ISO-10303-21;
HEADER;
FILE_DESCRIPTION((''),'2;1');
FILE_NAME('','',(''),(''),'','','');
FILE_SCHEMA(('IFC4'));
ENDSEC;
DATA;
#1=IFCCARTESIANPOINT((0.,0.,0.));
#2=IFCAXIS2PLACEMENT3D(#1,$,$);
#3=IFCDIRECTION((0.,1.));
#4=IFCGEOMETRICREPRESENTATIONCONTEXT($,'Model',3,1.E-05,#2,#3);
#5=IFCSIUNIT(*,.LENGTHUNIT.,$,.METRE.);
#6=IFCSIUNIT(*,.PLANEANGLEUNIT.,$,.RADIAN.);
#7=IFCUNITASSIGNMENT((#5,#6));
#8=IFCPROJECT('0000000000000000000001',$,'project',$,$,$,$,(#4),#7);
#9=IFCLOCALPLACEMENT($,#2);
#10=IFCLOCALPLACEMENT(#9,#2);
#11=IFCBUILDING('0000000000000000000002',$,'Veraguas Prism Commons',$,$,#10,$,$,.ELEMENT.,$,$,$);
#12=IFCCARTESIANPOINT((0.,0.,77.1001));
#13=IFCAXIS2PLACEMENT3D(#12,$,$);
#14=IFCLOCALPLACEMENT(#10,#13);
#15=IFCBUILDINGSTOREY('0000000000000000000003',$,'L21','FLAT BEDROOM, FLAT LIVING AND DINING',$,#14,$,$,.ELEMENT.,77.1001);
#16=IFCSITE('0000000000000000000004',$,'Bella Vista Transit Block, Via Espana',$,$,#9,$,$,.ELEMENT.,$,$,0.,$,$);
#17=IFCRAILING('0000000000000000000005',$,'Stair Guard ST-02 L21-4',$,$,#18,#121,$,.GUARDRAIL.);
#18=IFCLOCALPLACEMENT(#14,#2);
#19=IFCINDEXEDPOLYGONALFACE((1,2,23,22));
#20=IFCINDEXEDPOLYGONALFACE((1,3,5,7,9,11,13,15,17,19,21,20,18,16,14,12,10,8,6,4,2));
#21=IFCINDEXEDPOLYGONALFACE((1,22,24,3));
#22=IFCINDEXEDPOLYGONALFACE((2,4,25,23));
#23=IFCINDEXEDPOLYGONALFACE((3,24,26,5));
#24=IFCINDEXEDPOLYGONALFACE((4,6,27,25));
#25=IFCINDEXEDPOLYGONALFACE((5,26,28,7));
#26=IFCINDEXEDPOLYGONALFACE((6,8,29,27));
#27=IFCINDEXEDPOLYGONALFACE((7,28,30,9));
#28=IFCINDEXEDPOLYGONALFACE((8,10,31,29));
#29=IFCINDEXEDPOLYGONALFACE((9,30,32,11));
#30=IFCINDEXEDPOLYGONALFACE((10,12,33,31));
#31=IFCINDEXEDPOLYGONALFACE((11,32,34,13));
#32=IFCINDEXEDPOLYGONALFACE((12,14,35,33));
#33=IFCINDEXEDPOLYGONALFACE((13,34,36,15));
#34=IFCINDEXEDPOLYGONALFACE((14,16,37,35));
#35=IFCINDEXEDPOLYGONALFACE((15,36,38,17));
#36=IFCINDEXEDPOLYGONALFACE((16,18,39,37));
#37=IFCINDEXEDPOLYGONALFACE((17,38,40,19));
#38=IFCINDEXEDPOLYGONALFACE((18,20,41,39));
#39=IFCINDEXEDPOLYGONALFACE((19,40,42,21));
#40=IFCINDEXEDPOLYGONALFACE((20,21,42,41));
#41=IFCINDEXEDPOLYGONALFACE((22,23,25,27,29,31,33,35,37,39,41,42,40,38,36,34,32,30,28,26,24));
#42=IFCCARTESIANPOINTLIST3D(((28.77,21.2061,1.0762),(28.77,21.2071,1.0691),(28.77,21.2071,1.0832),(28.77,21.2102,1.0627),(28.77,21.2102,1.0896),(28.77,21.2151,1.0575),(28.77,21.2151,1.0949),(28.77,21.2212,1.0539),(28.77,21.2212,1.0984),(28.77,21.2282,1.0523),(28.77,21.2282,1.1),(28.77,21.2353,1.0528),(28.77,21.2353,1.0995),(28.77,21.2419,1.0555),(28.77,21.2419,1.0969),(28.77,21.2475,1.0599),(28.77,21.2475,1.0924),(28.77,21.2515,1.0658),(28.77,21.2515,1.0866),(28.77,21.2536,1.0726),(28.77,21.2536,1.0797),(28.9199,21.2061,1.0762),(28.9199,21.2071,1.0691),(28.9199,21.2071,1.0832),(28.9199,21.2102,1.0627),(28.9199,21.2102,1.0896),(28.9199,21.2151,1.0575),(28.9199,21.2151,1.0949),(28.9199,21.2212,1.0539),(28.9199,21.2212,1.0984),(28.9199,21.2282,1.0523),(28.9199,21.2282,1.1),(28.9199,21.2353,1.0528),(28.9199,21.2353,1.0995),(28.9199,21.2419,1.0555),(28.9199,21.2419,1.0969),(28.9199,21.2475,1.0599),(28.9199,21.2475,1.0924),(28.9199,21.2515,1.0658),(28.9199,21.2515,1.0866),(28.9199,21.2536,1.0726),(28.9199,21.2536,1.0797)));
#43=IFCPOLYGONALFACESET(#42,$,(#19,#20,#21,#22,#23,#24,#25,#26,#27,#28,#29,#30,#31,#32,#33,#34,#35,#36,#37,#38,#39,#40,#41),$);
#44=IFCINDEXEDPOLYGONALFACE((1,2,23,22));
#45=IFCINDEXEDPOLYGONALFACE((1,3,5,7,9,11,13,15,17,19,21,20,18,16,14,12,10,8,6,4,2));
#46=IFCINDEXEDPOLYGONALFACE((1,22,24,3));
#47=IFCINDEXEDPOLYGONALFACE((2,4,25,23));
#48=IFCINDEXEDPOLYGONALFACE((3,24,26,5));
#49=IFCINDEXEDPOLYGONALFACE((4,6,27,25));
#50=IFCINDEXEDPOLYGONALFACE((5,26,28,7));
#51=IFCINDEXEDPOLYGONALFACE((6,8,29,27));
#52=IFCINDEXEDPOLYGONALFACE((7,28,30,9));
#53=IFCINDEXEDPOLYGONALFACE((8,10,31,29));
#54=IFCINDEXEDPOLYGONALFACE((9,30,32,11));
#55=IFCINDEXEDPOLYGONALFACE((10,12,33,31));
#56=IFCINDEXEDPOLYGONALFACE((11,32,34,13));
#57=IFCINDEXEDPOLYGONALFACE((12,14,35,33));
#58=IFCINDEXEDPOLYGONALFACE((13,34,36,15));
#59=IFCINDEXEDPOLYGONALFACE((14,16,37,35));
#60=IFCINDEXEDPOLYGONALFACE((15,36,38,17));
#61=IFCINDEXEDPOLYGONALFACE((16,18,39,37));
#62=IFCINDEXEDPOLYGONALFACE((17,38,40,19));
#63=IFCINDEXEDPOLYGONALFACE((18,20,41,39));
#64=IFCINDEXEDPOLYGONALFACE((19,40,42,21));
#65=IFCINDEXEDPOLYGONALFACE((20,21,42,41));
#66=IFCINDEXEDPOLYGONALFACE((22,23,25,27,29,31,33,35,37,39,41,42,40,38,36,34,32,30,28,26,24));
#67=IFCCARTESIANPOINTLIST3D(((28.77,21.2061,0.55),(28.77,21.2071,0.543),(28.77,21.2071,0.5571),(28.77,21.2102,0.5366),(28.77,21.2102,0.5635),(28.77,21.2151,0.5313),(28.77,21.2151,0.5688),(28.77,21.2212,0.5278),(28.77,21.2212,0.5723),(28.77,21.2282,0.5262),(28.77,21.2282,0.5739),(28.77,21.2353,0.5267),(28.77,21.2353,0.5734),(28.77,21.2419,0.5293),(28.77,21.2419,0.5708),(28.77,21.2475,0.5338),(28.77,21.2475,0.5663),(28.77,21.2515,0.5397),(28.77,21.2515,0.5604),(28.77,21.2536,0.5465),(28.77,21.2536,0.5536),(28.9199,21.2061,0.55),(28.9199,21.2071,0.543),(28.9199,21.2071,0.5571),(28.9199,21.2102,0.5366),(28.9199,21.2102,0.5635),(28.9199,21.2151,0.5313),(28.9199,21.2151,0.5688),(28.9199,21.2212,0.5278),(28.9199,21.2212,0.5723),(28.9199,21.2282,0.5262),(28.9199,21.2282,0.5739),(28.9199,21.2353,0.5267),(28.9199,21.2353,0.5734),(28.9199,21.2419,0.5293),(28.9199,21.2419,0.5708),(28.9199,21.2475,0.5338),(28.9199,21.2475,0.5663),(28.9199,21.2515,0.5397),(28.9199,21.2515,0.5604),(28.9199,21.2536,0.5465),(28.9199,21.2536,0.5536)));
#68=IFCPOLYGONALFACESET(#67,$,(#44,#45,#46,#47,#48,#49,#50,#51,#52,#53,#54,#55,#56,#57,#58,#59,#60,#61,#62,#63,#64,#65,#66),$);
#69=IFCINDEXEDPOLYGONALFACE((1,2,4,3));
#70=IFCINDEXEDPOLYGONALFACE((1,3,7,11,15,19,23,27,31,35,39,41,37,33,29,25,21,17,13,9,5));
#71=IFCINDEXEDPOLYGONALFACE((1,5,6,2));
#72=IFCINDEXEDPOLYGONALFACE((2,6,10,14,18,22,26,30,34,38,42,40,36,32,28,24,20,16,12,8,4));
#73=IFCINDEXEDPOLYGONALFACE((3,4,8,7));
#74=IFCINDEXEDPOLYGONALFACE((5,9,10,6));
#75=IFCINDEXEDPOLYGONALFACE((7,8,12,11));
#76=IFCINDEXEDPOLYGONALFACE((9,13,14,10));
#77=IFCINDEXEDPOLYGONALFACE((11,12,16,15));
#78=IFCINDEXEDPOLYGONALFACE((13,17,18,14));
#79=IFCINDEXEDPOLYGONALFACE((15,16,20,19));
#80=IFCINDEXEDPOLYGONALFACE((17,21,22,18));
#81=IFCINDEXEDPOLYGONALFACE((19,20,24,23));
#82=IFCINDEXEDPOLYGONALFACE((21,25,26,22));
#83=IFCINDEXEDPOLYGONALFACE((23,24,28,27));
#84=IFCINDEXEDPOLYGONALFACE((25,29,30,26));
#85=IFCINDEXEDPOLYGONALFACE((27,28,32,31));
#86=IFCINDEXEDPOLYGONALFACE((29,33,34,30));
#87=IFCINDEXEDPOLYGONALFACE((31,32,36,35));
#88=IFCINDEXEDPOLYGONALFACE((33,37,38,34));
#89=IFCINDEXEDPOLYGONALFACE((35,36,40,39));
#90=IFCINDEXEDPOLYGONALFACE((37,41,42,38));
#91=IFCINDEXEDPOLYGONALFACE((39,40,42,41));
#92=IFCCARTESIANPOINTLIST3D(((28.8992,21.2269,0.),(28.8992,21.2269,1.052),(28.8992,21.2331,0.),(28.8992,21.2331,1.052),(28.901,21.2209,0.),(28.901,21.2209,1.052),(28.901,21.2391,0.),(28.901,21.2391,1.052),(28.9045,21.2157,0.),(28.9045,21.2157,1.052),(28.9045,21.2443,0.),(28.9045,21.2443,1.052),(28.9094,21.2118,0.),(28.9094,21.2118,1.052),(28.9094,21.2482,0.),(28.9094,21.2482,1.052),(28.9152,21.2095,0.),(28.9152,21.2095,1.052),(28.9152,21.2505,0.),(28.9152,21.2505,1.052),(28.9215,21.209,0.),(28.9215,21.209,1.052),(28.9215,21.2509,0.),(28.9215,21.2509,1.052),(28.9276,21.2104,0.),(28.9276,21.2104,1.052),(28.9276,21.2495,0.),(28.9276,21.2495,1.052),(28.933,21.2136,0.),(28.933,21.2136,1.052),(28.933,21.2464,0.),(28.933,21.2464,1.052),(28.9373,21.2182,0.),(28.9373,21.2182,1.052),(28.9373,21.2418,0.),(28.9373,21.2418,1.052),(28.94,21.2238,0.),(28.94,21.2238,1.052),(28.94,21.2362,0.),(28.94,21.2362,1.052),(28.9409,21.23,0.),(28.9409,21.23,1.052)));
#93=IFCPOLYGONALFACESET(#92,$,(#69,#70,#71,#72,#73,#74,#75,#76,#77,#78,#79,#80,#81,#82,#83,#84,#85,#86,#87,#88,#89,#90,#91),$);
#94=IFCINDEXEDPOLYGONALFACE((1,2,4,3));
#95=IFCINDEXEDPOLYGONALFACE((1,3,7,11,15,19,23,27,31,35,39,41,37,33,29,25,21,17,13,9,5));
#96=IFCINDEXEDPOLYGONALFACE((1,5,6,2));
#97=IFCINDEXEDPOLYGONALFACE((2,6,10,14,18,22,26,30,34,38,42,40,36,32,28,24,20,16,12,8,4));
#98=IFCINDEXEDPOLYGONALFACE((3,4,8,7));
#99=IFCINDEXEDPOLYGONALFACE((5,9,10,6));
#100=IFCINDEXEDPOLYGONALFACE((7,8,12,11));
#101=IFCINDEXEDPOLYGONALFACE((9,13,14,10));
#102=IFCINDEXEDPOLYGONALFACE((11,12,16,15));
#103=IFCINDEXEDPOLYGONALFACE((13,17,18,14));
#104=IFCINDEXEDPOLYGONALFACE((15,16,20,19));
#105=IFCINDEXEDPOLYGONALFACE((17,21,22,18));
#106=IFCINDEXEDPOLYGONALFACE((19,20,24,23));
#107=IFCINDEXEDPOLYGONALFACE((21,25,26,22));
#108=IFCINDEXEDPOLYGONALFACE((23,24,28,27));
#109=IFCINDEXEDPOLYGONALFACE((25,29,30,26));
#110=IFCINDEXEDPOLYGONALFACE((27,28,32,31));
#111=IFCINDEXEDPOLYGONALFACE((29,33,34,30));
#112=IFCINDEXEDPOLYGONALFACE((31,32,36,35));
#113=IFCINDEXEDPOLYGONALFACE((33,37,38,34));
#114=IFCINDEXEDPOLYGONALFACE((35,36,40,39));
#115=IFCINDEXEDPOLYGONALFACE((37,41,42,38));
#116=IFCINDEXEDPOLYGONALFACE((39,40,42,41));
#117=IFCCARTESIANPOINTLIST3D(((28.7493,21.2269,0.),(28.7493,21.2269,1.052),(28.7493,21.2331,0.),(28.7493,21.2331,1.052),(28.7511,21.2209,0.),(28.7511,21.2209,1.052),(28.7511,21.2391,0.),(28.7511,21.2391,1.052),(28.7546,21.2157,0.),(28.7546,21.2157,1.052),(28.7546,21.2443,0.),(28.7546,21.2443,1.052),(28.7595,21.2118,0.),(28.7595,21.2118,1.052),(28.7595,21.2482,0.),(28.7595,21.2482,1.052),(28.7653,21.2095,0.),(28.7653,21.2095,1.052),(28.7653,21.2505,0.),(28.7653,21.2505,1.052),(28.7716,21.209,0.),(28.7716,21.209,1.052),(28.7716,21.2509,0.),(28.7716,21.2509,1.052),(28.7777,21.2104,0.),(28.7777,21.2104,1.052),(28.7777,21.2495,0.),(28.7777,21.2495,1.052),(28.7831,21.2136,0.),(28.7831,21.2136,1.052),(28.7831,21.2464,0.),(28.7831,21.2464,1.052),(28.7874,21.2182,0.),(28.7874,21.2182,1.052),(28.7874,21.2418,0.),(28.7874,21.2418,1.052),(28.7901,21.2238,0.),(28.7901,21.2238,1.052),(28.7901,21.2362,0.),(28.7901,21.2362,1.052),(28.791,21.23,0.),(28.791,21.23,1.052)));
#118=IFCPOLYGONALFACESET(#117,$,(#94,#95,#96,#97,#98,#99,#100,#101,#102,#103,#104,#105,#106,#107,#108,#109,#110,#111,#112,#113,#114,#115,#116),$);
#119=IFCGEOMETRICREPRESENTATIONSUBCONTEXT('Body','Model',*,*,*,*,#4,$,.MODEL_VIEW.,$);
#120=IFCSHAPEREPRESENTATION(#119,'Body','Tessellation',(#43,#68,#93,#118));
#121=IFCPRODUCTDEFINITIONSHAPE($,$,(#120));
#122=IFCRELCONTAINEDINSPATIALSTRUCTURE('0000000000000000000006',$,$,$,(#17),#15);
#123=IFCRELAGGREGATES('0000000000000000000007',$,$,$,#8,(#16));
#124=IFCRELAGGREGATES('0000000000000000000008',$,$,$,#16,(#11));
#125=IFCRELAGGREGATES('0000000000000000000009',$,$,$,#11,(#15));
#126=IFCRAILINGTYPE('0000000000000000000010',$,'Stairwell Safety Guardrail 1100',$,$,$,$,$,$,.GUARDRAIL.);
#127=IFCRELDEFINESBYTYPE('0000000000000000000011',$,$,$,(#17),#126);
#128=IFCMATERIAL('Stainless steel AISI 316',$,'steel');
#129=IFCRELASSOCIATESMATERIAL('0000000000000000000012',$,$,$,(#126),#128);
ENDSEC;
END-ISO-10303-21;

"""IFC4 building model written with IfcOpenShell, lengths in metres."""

from ifc_helpers import new_model, si_unit, direction, frame, origin, origin_2d, place, context, subcontext, project, spatial, circle, extrude, material, type_object, element, save


model = new_model("IFC4")

# Units and contexts
model_context = context("Model", 3, precision=1e-05, world=origin(), true_north=direction((0.0, 1.0)))
body_context = subcontext(model_context, "Body", "Model", "MODEL_VIEW")
ifc_project = project(units=[si_unit("LENGTHUNIT", "METRE"), si_unit("PLANEANGLEUNIT", "RADIAN")], contexts=[model_context])

# Site, building, storey
site_placement = place(None, origin())
site = spatial("IfcSite", under=ifc_project, at=site_placement, Name="Bella Vista Transit Block, Via Espana", CompositionType="ELEMENT", RefElevation=0.0)
building_placement = place(site_placement, origin())
building = spatial("IfcBuilding", under=site, at=building_placement, Name="Veraguas Prism Commons", CompositionType="ELEMENT")
storey_placement = place(building_placement, frame((0.0, 0.0, 77.1001)))
storey = spatial("IfcBuildingStorey", under=building, at=storey_placement, Name="L21", Description="FLAT BEDROOM, FLAT LIVING AND DINING", CompositionType="ELEMENT", Elevation=77.1001)

# Shared definitions
ifc_material_1 = material(Name="Stainless steel AISI 316", Category="steel")

# Railing
railing_type_1 = type_object("IfcRailingType", Name="Stairwell Safety Guardrail 1100", PredefinedType="GUARDRAIL", material=ifc_material_1)
railing_1_placement = place(storey_placement, frame((28.9199, 21.23, 0.0)))
element("IfcRailing", 1, at=railing_1_placement, inside=storey, type_object=railing_type_1, Name="Stair Guard ST-02 L21-4", PredefinedType="GUARDRAIL", context=body_context, shape_type="SweptSolid", body=[
    extrude(circle(Radius=0.0239, at=origin_2d()), frame((0.0, 0.0, 1.0762), z_axis=(-1.0, 0.0, 0.0), x_axis=(0.0, -1.0, 0.0)), (0.0, 0.0, 1.0), 0.1499),
    extrude(circle(Radius=0.0239, at=origin_2d()), frame((0.0, 0.0, 0.55), z_axis=(-1.0, 0.0, 0.0), x_axis=(0.0, -1.0, 0.0)), (0.0, 0.0, 1.0), 0.1499),
    extrude(circle(Radius=0.021, at=origin_2d()), origin(), (0.0, 0.0, 1.0), 1.052),
    extrude(circle(Radius=0.021, at=origin_2d()), frame((-0.1499, 0.0, 0.0)), (0.0, 0.0, 1.0), 1.052),
])

save(model, "model.ifc")
